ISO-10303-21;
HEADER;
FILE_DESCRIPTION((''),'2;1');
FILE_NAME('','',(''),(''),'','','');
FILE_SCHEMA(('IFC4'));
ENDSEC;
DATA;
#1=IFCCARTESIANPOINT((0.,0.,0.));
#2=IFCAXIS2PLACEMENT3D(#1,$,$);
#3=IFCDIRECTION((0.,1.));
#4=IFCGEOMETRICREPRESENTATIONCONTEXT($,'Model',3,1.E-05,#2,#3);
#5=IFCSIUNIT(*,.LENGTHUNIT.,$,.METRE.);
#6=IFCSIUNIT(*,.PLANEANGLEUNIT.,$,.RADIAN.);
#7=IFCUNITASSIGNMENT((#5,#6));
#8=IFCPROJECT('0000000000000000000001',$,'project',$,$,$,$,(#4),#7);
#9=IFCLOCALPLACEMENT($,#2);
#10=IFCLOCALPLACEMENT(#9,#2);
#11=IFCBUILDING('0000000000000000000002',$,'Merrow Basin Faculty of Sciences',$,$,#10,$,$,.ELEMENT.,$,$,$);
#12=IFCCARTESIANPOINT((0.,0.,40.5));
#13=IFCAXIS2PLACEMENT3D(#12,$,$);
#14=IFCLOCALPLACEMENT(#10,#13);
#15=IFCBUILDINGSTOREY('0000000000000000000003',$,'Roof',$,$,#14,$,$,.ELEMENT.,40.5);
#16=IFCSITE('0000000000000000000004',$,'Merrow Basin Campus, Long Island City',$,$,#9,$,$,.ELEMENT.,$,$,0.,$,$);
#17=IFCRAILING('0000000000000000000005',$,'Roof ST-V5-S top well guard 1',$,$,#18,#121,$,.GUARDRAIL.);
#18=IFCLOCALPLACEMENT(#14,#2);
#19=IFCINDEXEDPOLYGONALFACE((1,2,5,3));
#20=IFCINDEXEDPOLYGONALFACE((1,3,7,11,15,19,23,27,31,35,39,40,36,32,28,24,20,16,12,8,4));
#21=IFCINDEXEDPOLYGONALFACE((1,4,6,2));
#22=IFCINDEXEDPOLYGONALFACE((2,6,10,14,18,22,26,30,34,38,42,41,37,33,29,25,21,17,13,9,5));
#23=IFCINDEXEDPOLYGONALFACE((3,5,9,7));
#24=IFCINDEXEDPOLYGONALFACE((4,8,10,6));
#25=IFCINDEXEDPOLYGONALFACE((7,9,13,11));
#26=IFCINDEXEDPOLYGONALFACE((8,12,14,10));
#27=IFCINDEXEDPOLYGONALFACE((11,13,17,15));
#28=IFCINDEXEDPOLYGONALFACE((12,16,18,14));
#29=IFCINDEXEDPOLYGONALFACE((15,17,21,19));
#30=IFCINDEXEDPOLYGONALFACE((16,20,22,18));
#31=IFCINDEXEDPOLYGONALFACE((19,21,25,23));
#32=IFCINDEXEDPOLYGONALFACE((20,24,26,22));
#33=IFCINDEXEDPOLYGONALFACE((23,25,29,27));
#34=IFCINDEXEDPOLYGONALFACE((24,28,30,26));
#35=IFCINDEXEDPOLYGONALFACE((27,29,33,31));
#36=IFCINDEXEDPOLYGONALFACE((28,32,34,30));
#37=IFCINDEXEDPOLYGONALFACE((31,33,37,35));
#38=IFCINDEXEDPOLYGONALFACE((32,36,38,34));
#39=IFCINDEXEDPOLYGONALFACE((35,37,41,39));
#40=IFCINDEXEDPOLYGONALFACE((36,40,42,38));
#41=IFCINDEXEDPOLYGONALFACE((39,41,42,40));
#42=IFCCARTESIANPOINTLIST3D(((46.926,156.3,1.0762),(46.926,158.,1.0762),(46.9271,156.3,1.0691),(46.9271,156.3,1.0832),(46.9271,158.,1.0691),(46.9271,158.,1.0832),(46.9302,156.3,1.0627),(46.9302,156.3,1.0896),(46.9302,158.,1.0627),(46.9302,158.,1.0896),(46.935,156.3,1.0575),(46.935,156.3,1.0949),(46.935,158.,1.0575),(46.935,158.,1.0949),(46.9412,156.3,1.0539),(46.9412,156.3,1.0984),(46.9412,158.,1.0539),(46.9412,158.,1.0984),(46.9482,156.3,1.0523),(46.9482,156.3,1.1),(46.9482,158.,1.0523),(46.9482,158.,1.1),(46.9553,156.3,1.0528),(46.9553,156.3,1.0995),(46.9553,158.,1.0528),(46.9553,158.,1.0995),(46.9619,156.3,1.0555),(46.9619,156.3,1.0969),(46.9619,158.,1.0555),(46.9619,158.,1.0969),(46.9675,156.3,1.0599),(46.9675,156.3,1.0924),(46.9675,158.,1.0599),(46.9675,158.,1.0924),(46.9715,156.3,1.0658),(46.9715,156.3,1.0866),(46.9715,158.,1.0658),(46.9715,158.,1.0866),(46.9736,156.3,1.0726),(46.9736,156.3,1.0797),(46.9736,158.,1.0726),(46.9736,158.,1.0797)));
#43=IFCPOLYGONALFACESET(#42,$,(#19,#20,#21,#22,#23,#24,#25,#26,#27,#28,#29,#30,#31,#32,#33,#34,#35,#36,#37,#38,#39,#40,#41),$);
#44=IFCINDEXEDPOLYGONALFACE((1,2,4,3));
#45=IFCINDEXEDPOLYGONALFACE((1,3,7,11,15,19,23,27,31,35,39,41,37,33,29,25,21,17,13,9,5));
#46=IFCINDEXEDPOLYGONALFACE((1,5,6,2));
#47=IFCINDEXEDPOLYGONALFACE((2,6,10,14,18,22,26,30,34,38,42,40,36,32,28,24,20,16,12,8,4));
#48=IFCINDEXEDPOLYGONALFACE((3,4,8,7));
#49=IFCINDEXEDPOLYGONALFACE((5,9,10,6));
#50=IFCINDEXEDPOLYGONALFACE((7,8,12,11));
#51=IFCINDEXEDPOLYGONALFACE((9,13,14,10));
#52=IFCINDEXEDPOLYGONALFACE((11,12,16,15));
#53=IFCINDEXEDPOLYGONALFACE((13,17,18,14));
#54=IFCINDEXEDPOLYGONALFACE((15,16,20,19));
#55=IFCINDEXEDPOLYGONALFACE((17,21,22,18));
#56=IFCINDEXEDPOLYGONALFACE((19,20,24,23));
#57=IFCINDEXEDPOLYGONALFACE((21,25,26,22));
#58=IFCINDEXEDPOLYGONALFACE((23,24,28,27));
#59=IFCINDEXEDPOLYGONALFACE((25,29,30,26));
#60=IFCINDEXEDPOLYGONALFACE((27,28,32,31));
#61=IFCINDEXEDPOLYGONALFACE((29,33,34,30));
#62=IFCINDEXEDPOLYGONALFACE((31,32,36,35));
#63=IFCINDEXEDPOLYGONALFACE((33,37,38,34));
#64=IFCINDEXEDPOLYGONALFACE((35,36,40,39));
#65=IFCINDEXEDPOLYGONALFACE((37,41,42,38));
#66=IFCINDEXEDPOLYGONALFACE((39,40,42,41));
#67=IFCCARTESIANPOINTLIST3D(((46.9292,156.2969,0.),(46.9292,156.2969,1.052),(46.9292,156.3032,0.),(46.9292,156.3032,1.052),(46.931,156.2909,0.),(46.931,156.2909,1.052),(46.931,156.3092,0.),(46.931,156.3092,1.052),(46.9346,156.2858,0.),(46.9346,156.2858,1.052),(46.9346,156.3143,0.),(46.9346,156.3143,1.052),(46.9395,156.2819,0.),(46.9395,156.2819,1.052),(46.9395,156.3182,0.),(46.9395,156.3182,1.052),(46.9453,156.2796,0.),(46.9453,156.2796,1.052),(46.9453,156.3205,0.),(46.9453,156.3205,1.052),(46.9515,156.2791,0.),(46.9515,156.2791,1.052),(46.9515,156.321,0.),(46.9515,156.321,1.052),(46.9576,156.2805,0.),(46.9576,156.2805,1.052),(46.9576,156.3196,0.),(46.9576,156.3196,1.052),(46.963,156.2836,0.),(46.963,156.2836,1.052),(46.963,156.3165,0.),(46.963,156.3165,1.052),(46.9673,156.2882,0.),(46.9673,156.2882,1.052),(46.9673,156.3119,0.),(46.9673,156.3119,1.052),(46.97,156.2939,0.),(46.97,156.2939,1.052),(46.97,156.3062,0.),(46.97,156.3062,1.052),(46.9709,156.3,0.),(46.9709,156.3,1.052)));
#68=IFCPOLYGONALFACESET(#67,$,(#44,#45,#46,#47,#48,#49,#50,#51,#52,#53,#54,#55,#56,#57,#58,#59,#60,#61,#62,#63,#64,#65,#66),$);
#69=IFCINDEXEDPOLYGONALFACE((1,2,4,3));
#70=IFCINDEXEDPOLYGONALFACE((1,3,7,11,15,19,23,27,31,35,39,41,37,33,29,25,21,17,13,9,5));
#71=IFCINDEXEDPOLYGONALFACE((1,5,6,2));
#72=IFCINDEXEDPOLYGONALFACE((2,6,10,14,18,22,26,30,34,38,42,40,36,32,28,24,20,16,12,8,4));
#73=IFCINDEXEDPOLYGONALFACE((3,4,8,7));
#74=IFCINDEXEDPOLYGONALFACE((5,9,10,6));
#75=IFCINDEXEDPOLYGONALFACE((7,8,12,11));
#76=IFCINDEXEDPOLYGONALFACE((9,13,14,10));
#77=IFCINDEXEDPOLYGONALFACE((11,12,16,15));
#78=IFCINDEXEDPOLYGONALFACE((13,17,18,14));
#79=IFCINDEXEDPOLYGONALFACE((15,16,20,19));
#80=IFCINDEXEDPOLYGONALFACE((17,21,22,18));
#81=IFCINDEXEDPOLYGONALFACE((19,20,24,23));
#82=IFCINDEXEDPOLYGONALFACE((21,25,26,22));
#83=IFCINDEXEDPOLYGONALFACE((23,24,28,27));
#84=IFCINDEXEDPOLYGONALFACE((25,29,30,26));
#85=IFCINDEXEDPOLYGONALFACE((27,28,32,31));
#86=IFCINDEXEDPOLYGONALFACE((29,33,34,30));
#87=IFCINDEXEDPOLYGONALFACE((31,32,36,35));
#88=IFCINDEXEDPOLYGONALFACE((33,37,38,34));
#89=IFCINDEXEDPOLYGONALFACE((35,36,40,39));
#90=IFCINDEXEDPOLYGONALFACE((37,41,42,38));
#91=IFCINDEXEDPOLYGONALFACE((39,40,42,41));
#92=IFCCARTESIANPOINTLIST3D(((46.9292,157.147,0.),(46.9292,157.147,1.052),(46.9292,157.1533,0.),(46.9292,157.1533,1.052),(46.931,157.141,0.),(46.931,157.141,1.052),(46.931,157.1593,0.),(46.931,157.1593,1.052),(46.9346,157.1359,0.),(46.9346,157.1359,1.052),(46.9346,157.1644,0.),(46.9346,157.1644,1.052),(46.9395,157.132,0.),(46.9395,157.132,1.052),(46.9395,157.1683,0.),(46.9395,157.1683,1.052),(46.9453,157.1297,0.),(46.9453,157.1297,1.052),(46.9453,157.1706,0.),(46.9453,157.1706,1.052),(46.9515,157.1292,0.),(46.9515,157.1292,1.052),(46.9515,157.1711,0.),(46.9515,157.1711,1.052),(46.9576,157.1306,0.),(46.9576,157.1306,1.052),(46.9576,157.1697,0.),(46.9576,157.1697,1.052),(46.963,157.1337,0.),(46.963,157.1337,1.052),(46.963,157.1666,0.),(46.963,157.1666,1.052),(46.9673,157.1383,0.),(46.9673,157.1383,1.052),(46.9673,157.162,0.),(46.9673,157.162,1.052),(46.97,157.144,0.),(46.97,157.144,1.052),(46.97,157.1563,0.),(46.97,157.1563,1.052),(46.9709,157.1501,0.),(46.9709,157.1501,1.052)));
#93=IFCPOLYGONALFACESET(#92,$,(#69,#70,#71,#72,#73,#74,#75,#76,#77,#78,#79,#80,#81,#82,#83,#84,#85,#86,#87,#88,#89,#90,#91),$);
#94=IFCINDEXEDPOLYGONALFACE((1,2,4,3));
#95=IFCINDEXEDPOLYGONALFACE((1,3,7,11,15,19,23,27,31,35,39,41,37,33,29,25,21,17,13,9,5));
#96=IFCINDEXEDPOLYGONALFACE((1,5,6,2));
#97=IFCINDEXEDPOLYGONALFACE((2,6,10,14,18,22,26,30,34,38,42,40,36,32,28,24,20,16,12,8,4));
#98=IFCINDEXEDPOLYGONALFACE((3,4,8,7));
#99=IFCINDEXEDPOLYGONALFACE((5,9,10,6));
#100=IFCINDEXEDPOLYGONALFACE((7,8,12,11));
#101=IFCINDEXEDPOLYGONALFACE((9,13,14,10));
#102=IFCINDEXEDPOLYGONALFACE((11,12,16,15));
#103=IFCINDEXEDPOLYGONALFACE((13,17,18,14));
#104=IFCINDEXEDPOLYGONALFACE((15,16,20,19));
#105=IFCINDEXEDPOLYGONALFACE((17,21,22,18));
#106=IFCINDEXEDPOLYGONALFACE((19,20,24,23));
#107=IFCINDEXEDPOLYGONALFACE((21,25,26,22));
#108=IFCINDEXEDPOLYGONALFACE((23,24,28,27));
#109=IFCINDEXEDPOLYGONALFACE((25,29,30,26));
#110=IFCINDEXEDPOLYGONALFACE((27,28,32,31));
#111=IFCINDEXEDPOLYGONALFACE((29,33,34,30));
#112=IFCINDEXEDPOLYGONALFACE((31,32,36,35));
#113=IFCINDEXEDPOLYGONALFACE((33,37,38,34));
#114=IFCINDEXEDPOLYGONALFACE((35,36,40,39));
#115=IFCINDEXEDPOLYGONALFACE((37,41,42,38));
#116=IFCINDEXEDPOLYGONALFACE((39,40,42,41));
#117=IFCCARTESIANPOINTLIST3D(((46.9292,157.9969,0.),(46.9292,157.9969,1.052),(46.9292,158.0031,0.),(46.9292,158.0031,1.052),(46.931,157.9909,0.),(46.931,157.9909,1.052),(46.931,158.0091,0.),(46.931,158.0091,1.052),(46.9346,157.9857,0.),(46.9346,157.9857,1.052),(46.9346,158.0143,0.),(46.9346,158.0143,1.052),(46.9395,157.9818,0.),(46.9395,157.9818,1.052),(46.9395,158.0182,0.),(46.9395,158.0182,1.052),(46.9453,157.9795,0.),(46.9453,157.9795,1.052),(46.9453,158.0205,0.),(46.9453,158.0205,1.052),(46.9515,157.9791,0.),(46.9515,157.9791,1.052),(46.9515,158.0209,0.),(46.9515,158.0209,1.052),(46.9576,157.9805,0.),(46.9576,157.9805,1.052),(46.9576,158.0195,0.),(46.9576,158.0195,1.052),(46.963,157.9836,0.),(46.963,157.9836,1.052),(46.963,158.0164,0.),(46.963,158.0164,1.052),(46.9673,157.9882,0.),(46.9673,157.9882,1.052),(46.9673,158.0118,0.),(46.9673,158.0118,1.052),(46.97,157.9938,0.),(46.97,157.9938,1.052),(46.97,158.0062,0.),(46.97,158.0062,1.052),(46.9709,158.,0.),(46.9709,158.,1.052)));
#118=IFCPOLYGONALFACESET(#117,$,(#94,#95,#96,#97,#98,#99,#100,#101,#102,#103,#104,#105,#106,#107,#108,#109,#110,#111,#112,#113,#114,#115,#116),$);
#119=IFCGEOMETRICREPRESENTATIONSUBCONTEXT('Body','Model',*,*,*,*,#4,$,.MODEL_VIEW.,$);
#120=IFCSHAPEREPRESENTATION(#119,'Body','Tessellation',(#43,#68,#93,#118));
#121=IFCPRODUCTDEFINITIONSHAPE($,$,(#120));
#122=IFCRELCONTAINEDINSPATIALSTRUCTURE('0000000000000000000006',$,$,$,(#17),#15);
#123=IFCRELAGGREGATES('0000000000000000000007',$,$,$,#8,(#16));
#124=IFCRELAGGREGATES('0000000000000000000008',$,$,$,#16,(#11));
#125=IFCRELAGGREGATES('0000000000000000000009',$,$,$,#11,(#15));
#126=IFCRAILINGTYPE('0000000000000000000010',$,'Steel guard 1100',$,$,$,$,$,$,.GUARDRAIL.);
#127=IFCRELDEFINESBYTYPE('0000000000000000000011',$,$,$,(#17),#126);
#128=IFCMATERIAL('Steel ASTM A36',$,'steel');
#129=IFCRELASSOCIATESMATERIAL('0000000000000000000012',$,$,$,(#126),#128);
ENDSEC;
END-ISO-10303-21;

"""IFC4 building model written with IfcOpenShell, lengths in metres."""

from ifc_helpers import new_model, si_unit, direction, frame, origin, origin_2d, place, context, subcontext, project, spatial, circle, extrude, material, type_object, element, save


model = new_model("IFC4")

# Units and contexts
model_context = context("Model", 3, precision=1e-05, world=origin(), true_north=direction((0.0, 1.0)))
body_context = subcontext(model_context, "Body", "Model", "MODEL_VIEW")
ifc_project = project(units=[si_unit("LENGTHUNIT", "METRE"), si_unit("PLANEANGLEUNIT", "RADIAN")], contexts=[model_context])

# Site, building, storey
site_placement = place(None, origin())
site = spatial("IfcSite", under=ifc_project, at=site_placement, Name="Merrow Basin Campus, Long Island City", CompositionType="ELEMENT", RefElevation=0.0)
building_placement = place(site_placement, origin())
building = spatial("IfcBuilding", under=site, at=building_placement, Name="Merrow Basin Faculty of Sciences", CompositionType="ELEMENT")
storey_placement = place(building_placement, frame((0.0, 0.0, 40.5)))
storey = spatial("IfcBuildingStorey", under=building, at=storey_placement, Name="Roof", CompositionType="ELEMENT", Elevation=40.5)

# Railing
ifc_material_1 = material(Name="Steel ASTM A36", Category="steel")
railing_type = type_object("IfcRailingType", Name="Steel guard 1100", PredefinedType="GUARDRAIL", material=ifc_material_1)
railing_placement = place(storey_placement, frame((46.95, 156.3, 0.0)))
element("IfcRailing", 1, at=railing_placement, inside=storey, type_object=railing_type, Name="Roof ST-V5-S top well guard 1", PredefinedType="GUARDRAIL", context=body_context, shape_type="SweptSolid", body=[
    extrude(circle(Radius=0.0239, at=origin_2d()), frame((0.0, 0.0, 1.0762), z_axis=(0.0, 1.0, 0.0), x_axis=(-1.0, 0.0, 0.0)), (0.0, 0.0, 1.0), 1.7),
    extrude(circle(Radius=0.021, at=origin_2d()), origin(), (0.0, 0.0, 1.0), 1.052),
    extrude(circle(Radius=0.021, at=origin_2d()), frame((0.0, 0.8501, 0.0)), (0.0, 0.0, 1.0), 1.052),
    extrude(circle(Radius=0.021, at=origin_2d()), frame((0.0, 1.7, 0.0)), (0.0, 0.0, 1.0), 1.052),
])

save(model, "model.ifc")
